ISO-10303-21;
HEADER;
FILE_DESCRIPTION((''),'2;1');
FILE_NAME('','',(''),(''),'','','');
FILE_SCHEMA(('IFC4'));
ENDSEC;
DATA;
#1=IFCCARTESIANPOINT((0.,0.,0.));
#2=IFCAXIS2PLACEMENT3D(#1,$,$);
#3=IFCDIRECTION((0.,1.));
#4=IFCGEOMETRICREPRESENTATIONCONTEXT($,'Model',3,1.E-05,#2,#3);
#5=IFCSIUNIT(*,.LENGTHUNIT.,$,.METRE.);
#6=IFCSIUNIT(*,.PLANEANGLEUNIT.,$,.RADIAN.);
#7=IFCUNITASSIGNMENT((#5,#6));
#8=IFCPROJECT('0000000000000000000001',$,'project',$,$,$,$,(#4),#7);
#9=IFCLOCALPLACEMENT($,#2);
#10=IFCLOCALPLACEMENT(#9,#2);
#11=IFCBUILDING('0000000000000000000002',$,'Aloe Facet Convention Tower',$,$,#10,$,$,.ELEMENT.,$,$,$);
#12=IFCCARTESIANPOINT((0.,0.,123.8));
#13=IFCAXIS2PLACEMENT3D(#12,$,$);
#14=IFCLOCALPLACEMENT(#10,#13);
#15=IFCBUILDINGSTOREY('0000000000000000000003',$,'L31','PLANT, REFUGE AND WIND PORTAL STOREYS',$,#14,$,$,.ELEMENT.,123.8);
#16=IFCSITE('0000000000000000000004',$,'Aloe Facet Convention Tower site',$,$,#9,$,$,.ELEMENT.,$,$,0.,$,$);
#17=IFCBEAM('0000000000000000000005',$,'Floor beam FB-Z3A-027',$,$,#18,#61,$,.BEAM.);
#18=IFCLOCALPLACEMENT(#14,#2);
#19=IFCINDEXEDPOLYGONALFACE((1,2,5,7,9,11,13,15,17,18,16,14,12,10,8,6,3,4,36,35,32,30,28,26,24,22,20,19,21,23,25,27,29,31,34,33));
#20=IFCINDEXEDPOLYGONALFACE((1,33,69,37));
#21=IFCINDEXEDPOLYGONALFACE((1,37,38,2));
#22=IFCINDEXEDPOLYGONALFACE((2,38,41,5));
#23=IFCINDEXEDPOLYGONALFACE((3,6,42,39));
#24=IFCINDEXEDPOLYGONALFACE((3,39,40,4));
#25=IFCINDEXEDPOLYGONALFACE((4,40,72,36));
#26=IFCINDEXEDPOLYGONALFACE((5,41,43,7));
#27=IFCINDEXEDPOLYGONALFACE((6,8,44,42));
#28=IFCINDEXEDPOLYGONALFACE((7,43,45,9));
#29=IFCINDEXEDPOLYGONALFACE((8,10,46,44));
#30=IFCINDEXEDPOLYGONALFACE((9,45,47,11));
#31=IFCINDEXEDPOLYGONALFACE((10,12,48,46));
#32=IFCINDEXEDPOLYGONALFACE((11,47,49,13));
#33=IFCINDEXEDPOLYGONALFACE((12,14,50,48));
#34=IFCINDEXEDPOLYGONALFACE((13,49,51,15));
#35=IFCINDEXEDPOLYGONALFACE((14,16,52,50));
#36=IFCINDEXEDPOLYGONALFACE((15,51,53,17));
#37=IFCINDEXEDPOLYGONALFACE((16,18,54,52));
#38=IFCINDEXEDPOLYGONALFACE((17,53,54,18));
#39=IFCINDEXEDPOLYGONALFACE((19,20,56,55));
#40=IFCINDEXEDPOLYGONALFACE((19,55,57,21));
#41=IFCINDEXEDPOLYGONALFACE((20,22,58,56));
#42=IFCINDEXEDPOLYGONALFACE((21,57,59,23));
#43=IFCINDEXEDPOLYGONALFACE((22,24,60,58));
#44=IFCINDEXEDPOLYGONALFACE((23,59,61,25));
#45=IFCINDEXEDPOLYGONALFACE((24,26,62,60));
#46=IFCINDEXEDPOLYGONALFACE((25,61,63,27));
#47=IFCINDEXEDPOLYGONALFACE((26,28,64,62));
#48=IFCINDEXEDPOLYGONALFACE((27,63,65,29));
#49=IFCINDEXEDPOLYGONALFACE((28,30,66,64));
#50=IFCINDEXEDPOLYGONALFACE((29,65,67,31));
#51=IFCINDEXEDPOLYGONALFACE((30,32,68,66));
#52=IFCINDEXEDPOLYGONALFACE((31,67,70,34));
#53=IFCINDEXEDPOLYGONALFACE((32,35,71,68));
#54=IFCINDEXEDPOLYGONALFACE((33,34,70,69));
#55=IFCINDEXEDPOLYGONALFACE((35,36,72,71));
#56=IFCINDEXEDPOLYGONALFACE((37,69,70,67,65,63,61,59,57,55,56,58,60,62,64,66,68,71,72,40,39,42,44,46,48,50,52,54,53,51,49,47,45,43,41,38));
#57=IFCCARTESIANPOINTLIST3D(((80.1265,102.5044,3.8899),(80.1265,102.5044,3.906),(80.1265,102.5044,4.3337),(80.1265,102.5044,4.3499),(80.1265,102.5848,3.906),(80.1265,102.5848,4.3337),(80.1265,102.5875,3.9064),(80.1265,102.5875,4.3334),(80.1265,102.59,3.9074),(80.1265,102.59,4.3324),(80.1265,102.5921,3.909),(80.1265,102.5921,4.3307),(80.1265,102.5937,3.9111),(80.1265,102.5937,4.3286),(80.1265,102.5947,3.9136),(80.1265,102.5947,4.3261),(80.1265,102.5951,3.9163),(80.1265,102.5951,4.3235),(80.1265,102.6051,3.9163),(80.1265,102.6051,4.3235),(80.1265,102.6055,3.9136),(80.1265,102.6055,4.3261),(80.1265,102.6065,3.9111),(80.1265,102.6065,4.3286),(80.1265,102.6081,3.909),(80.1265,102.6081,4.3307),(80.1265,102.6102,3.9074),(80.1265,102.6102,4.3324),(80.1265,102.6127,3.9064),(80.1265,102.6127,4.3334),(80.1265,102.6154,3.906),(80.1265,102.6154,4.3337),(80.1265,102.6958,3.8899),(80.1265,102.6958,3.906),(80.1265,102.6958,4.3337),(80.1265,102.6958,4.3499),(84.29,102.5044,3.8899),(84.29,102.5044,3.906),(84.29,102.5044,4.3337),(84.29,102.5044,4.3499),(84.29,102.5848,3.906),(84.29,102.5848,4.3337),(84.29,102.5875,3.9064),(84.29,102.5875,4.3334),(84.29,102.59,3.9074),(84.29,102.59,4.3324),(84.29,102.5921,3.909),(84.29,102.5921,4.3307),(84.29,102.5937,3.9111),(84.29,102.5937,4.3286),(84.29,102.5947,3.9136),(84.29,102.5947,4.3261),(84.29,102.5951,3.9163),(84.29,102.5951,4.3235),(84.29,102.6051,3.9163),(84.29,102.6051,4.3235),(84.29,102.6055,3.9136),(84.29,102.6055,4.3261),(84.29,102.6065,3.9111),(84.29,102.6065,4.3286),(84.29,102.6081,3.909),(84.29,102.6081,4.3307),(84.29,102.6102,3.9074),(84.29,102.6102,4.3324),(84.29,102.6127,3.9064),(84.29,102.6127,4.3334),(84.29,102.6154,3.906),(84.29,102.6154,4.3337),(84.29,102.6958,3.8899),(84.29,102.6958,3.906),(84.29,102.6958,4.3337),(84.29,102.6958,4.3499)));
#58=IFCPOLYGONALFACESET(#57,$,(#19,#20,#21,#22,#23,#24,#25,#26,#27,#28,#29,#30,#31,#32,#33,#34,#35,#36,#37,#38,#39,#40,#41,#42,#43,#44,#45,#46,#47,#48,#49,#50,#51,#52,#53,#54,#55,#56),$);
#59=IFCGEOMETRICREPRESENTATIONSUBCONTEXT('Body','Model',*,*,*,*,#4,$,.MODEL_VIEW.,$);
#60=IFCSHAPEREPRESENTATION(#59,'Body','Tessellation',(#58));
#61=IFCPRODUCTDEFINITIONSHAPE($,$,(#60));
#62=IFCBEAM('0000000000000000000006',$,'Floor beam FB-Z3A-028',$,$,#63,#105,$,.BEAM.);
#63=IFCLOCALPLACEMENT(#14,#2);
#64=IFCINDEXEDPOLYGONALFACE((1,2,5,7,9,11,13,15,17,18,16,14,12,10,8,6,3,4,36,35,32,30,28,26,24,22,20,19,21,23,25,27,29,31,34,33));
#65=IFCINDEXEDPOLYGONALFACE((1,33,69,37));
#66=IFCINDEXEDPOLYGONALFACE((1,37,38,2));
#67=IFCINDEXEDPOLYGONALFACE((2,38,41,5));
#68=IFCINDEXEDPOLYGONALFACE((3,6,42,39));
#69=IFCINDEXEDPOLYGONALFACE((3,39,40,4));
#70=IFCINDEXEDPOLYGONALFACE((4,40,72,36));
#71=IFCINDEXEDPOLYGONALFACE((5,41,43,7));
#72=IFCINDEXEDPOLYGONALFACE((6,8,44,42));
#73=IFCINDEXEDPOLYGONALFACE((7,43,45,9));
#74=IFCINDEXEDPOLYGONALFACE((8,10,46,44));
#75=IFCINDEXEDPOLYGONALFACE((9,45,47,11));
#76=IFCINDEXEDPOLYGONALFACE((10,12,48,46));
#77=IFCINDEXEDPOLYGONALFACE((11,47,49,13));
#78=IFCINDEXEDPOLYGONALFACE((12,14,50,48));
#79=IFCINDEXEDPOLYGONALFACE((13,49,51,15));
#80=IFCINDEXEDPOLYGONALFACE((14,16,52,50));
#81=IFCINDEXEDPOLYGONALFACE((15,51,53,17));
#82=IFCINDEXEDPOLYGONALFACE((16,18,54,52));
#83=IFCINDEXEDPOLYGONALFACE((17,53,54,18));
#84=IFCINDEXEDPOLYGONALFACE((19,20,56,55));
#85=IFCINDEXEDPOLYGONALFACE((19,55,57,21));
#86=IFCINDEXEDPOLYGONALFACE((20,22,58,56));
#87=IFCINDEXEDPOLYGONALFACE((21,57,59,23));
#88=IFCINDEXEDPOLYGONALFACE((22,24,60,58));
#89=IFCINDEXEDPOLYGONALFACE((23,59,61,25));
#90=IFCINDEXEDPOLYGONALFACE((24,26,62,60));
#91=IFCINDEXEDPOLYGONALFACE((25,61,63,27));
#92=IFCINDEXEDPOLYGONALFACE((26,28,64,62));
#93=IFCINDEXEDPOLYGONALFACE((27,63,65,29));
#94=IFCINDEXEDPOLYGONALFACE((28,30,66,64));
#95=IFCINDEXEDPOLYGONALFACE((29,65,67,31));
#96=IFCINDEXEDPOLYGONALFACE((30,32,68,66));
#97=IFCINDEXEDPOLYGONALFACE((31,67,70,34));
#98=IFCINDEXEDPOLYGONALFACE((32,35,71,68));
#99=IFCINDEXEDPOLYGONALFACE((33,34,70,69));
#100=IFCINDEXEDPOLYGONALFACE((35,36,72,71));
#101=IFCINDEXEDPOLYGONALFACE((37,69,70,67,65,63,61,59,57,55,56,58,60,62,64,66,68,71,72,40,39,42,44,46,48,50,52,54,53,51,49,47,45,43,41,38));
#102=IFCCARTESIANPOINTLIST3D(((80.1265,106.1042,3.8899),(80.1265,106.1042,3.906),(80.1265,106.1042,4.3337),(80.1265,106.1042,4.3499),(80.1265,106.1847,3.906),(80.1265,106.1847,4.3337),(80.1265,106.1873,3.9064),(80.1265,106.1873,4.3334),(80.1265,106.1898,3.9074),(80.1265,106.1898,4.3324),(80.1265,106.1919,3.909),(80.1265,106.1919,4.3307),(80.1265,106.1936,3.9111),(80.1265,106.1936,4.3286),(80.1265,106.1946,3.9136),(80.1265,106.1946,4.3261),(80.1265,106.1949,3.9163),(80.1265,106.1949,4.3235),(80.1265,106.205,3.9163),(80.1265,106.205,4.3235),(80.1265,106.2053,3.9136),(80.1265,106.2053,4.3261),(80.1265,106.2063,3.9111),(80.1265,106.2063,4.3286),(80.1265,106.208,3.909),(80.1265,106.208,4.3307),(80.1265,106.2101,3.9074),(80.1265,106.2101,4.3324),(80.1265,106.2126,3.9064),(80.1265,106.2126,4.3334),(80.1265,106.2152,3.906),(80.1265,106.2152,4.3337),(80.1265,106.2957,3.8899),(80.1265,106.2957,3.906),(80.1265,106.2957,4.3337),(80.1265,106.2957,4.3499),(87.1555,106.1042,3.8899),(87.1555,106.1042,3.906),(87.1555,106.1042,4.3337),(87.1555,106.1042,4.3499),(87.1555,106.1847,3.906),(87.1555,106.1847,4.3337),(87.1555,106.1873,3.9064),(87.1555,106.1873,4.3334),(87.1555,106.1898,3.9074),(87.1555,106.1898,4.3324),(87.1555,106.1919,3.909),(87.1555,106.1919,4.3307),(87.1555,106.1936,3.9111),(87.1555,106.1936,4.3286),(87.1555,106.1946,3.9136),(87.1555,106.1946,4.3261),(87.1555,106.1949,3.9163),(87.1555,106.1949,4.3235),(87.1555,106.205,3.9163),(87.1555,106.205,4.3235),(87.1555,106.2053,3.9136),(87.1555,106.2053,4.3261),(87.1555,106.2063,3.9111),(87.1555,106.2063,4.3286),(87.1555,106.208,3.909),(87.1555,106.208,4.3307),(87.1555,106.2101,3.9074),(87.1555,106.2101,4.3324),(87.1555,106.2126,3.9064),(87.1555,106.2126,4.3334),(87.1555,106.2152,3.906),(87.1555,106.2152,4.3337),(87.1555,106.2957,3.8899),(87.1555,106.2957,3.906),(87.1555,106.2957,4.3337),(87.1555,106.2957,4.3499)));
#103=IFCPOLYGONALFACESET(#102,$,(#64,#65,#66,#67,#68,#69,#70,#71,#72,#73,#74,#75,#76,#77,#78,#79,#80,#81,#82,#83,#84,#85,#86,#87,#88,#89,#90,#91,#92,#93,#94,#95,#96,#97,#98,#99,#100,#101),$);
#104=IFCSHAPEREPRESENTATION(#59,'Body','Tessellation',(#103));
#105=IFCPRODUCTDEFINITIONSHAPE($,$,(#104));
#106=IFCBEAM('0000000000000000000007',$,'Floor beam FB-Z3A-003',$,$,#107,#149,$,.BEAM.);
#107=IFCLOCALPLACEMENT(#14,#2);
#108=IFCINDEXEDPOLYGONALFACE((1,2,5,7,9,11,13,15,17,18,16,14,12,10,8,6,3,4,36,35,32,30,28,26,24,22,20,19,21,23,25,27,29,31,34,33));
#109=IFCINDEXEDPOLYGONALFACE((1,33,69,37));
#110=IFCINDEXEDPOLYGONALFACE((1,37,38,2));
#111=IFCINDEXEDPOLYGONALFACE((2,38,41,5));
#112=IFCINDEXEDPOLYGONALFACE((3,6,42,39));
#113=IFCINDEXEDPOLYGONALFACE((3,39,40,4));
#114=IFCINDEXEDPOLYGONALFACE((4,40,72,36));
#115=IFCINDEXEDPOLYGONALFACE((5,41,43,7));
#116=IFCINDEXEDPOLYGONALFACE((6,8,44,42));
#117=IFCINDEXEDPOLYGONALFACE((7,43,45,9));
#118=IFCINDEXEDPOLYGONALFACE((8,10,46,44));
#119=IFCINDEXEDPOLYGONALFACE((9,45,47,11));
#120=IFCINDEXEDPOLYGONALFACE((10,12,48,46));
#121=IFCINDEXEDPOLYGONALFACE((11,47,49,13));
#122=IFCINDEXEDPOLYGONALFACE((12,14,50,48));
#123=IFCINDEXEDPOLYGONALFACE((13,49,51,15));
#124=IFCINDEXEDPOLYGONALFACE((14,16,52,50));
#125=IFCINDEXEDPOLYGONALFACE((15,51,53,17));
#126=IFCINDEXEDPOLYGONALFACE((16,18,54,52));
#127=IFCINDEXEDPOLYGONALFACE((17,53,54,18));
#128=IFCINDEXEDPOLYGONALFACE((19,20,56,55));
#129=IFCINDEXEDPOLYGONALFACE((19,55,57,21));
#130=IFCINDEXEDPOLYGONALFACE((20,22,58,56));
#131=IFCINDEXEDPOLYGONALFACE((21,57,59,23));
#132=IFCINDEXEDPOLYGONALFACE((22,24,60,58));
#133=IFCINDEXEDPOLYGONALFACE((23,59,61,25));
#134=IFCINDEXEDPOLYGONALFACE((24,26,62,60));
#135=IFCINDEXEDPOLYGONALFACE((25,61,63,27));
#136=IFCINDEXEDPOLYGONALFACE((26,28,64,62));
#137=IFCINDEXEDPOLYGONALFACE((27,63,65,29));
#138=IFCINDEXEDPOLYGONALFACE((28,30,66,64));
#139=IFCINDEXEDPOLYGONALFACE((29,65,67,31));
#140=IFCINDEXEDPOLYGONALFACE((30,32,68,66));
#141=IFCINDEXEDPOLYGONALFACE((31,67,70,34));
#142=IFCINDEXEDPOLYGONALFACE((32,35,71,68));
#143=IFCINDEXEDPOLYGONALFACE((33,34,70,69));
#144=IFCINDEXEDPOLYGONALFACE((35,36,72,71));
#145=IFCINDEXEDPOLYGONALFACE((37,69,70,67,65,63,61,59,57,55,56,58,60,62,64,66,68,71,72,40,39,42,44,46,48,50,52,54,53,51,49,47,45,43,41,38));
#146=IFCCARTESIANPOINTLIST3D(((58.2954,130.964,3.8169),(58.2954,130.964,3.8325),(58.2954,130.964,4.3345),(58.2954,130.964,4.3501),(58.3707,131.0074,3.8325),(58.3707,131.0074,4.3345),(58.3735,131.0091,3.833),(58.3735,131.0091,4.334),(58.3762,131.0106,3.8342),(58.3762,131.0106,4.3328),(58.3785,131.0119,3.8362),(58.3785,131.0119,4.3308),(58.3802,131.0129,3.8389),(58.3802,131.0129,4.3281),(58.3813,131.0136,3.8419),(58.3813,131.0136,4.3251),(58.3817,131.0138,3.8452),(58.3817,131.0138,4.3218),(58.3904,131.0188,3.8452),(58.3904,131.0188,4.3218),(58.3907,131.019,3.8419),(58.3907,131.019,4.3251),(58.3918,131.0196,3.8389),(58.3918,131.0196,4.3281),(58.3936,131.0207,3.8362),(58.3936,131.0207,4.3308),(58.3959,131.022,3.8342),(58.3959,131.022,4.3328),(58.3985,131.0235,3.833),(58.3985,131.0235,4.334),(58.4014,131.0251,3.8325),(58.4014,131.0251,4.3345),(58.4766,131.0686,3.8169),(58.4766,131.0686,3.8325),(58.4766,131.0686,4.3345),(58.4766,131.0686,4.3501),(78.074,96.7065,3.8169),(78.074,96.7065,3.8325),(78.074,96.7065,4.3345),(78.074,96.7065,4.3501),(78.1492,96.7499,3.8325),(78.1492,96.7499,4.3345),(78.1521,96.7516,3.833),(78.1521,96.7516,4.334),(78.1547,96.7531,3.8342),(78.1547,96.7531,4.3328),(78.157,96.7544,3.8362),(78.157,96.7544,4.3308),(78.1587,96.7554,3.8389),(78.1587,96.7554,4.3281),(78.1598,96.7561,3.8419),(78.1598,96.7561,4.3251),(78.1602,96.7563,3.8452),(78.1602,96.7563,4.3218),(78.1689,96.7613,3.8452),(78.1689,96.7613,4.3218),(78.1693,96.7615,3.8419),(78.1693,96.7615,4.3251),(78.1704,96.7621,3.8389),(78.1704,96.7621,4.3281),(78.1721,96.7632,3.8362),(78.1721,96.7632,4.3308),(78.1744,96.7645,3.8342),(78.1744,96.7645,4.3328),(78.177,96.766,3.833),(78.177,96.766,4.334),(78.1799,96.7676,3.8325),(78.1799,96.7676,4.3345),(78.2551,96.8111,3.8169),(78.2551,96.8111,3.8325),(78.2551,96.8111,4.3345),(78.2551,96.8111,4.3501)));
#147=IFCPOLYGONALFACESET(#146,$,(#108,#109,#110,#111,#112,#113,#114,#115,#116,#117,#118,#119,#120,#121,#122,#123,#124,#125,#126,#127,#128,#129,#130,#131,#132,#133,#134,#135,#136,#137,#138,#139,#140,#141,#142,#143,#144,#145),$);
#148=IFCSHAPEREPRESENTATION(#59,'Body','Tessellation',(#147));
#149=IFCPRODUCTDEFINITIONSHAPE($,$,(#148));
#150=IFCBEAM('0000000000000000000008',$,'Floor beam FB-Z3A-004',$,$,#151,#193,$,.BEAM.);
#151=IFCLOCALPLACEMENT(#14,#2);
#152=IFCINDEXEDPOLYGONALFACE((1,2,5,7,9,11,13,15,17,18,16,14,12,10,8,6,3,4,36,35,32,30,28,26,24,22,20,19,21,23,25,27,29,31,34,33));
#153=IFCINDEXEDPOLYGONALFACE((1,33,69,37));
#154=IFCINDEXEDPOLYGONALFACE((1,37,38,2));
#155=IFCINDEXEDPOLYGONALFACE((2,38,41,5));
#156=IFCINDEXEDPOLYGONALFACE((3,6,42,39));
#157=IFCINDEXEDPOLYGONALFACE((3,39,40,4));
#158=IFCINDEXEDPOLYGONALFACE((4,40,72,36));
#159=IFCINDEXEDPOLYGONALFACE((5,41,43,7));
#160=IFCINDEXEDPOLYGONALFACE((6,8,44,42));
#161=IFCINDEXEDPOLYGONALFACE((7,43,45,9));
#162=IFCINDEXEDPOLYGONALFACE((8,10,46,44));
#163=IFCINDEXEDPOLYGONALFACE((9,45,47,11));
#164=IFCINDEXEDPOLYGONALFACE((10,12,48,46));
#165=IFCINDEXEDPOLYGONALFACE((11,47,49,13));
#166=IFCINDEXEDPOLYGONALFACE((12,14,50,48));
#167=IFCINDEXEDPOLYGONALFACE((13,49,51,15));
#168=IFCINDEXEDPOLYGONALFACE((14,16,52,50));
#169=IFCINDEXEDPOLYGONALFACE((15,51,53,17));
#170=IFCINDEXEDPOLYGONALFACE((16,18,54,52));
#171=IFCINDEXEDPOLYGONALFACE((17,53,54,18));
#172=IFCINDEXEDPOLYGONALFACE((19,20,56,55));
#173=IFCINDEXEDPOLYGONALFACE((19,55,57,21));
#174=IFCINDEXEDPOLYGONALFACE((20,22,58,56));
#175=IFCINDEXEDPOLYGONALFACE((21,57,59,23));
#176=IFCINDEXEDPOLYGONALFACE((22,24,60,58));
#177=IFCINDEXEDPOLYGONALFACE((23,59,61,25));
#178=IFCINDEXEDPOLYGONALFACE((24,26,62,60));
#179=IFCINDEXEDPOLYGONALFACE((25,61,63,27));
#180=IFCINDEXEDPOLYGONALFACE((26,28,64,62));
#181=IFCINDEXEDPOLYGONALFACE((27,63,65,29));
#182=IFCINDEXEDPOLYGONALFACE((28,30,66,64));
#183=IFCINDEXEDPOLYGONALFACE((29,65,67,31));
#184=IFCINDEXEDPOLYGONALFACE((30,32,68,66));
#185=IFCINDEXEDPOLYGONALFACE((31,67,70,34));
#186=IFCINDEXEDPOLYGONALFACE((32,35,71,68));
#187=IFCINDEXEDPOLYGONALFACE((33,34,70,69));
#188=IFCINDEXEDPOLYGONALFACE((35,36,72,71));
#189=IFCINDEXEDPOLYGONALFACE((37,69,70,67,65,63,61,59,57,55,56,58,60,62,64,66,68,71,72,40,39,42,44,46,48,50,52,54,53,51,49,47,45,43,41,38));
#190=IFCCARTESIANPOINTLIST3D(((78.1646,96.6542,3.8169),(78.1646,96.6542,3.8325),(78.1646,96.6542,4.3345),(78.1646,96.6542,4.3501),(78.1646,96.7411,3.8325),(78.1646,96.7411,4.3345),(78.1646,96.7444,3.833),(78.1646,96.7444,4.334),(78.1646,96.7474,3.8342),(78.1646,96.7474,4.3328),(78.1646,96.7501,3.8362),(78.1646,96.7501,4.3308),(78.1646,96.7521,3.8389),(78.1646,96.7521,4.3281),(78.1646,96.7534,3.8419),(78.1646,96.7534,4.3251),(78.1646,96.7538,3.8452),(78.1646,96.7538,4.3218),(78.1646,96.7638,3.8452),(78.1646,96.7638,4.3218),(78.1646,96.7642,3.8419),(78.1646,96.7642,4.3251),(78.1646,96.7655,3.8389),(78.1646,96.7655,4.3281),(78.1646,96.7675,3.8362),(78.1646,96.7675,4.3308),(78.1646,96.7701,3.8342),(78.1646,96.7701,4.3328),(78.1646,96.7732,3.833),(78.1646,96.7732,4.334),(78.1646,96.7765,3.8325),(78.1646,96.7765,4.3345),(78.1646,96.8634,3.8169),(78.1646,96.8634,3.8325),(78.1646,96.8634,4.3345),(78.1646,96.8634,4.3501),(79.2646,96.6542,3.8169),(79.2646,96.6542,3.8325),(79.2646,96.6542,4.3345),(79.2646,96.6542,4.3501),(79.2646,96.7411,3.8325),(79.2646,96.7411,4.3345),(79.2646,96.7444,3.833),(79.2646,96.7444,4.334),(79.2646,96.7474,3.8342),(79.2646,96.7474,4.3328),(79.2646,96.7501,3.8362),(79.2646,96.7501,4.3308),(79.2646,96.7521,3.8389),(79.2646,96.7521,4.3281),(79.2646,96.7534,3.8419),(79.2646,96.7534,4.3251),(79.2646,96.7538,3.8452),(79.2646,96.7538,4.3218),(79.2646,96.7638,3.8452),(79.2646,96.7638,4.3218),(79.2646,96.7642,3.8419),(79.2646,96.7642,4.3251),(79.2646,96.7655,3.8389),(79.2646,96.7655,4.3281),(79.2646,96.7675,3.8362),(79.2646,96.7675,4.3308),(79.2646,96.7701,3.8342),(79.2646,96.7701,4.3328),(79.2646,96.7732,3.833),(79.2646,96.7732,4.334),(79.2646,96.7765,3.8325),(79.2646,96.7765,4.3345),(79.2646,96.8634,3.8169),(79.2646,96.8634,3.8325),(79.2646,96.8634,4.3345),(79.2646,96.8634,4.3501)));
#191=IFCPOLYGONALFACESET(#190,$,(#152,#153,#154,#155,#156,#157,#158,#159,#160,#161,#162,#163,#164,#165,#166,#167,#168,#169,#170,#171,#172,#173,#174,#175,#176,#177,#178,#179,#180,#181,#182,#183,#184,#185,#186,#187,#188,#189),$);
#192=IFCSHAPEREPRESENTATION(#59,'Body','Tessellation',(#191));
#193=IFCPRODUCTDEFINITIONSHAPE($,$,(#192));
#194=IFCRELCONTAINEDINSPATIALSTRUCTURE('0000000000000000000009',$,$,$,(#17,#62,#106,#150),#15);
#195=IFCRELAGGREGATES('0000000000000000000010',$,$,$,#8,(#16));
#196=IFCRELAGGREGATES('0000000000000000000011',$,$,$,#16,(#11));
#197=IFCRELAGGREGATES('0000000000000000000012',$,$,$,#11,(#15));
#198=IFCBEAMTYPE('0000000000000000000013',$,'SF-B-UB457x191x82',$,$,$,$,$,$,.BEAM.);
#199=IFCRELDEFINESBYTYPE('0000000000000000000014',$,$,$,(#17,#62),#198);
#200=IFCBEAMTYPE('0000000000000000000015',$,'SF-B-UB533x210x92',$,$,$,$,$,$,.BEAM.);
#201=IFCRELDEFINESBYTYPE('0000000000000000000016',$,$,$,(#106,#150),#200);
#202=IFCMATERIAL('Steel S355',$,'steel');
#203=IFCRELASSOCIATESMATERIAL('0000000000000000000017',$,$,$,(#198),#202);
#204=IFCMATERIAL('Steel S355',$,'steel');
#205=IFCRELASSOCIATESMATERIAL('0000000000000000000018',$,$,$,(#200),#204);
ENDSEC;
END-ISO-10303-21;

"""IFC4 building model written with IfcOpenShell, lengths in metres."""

from ifc_helpers import new_model, si_unit, direction, frame, origin, origin_2d, place, context, subcontext, project, spatial, i_section, extrude, material, material_profile, profile_set, type_object, element, save


model = new_model("IFC4")

# Units and contexts
model_context = context("Model", 3, precision=1e-05, world=origin(), true_north=direction((0.0, 1.0)))
body_context = subcontext(model_context, "Body", "Model", "MODEL_VIEW")
ifc_project = project(units=[si_unit("LENGTHUNIT", "METRE"), si_unit("PLANEANGLEUNIT", "RADIAN")], contexts=[model_context])

# Site, building, storey
site_placement = place(None, origin())
site = spatial("IfcSite", under=ifc_project, at=site_placement, Name="Aloe Facet Convention Tower site", CompositionType="ELEMENT", RefElevation=0.0)
building_placement = place(site_placement, origin())
building = spatial("IfcBuilding", under=site, at=building_placement, Name="Aloe Facet Convention Tower", CompositionType="ELEMENT")
storey_placement = place(building_placement, frame((0.0, 0.0, 123.8)))
storey = spatial("IfcBuildingStorey", under=building, at=storey_placement, Name="L31", Description="PLANT, REFUGE AND WIND PORTAL STOREYS", CompositionType="ELEMENT", Elevation=123.8)

# Beams
ifc_material_1 = material(Name="Steel S355", Category="steel")
ifc_material_profile_1 = material_profile(ifc_material_1, i_section(OverallWidth=0.1914, OverallDepth=0.46, WebThickness=0.01, FlangeThickness=0.0161, FilletRadius=0.0103, at=origin_2d()), Name="UB 457x191x82")
ifc_profile_set_1 = profile_set([ifc_material_profile_1], Name="Steel S355")
beam_type_1 = type_object("IfcBeamType", Name="SF-B-UB457x191x82", PredefinedType="BEAM", material=ifc_profile_set_1)
beam_1_placement = place(storey_placement, frame((80.1265, 102.6001, 4.1199), z_axis=(1.0, 0.0, 0.0), x_axis=(0.0, 1.0, 0.0)))
element("IfcBeam", 1, at=beam_1_placement, inside=storey, type_object=beam_type_1, Name="Floor beam FB-Z3A-027", PredefinedType="BEAM", context=body_context, shape_type="SweptSolid", body=[
    extrude(i_section(OverallWidth=0.1914, OverallDepth=0.46, WebThickness=0.01, FlangeThickness=0.0161, FilletRadius=0.0103, at=origin_2d()), origin(), (0.0, 0.0, 1.0), 4.1636),
])
beam_2_placement = place(storey_placement, frame((80.1265, 106.2, 4.1199), z_axis=(1.0, 0.0, 0.0), x_axis=(0.0, 1.0, 0.0)))
element("IfcBeam", 2, at=beam_2_placement, inside=storey, type_object=beam_type_1, Name="Floor beam FB-Z3A-028", PredefinedType="BEAM", context=body_context, shape_type="SweptSolid", body=[
    extrude(i_section(OverallWidth=0.1914, OverallDepth=0.46, WebThickness=0.01, FlangeThickness=0.0161, FilletRadius=0.0103, at=origin_2d()), origin(), (0.0, 0.0, 1.0), 7.0291),
])
ifc_material_2 = material(Name="Steel S355", Category="steel")
ifc_material_profile_2 = material_profile(ifc_material_2, i_section(OverallWidth=0.2092, OverallDepth=0.5332, WebThickness=0.01, FlangeThickness=0.0156, FilletRadius=0.0127, at=origin_2d()), Name="UB 533x210x92")
ifc_profile_set_2 = profile_set([ifc_material_profile_2], Name="Steel S355")
beam_type_2 = type_object("IfcBeamType", Name="SF-B-UB533x210x92", PredefinedType="BEAM", material=ifc_profile_set_2)
beam_3_placement = place(storey_placement, frame((78.1646, 96.7588, 4.0835), z_axis=(-0.499999, 0.866026, 0.0), x_axis=(-0.866026, -0.499999, 0.0)))
element("IfcBeam", 3, at=beam_3_placement, inside=storey, type_object=beam_type_2, Name="Floor beam FB-Z3A-003", PredefinedType="BEAM", context=body_context, shape_type="SweptSolid", body=[
    extrude(i_section(OverallWidth=0.2092, OverallDepth=0.5332, WebThickness=0.01, FlangeThickness=0.0156, FilletRadius=0.0127, at=origin_2d()), origin(), (0.0, 0.0, 1.0), 39.5571),
])
for number, where, z_axis, x_axis, name in (
    (4, (79.2646, 96.7588, 4.0835), (-1.0, 0.0, 0.0), (0.0, -1.0, 0.0), "Floor beam FB-Z3A-004"),
):
    element("IfcBeam", number, at=place(storey_placement, frame(where, z_axis=z_axis, x_axis=x_axis)), inside=storey, type_object=beam_type_2, Name=name, PredefinedType="BEAM", context=body_context, shape_type="SweptSolid", body=[
        extrude(i_section(OverallWidth=0.2092, OverallDepth=0.5332, WebThickness=0.01, FlangeThickness=0.0156, FilletRadius=0.0127, at=origin_2d()), origin(), (0.0, 0.0, 1.0), 1.1001),
    ])

save(model, "model.ifc")
